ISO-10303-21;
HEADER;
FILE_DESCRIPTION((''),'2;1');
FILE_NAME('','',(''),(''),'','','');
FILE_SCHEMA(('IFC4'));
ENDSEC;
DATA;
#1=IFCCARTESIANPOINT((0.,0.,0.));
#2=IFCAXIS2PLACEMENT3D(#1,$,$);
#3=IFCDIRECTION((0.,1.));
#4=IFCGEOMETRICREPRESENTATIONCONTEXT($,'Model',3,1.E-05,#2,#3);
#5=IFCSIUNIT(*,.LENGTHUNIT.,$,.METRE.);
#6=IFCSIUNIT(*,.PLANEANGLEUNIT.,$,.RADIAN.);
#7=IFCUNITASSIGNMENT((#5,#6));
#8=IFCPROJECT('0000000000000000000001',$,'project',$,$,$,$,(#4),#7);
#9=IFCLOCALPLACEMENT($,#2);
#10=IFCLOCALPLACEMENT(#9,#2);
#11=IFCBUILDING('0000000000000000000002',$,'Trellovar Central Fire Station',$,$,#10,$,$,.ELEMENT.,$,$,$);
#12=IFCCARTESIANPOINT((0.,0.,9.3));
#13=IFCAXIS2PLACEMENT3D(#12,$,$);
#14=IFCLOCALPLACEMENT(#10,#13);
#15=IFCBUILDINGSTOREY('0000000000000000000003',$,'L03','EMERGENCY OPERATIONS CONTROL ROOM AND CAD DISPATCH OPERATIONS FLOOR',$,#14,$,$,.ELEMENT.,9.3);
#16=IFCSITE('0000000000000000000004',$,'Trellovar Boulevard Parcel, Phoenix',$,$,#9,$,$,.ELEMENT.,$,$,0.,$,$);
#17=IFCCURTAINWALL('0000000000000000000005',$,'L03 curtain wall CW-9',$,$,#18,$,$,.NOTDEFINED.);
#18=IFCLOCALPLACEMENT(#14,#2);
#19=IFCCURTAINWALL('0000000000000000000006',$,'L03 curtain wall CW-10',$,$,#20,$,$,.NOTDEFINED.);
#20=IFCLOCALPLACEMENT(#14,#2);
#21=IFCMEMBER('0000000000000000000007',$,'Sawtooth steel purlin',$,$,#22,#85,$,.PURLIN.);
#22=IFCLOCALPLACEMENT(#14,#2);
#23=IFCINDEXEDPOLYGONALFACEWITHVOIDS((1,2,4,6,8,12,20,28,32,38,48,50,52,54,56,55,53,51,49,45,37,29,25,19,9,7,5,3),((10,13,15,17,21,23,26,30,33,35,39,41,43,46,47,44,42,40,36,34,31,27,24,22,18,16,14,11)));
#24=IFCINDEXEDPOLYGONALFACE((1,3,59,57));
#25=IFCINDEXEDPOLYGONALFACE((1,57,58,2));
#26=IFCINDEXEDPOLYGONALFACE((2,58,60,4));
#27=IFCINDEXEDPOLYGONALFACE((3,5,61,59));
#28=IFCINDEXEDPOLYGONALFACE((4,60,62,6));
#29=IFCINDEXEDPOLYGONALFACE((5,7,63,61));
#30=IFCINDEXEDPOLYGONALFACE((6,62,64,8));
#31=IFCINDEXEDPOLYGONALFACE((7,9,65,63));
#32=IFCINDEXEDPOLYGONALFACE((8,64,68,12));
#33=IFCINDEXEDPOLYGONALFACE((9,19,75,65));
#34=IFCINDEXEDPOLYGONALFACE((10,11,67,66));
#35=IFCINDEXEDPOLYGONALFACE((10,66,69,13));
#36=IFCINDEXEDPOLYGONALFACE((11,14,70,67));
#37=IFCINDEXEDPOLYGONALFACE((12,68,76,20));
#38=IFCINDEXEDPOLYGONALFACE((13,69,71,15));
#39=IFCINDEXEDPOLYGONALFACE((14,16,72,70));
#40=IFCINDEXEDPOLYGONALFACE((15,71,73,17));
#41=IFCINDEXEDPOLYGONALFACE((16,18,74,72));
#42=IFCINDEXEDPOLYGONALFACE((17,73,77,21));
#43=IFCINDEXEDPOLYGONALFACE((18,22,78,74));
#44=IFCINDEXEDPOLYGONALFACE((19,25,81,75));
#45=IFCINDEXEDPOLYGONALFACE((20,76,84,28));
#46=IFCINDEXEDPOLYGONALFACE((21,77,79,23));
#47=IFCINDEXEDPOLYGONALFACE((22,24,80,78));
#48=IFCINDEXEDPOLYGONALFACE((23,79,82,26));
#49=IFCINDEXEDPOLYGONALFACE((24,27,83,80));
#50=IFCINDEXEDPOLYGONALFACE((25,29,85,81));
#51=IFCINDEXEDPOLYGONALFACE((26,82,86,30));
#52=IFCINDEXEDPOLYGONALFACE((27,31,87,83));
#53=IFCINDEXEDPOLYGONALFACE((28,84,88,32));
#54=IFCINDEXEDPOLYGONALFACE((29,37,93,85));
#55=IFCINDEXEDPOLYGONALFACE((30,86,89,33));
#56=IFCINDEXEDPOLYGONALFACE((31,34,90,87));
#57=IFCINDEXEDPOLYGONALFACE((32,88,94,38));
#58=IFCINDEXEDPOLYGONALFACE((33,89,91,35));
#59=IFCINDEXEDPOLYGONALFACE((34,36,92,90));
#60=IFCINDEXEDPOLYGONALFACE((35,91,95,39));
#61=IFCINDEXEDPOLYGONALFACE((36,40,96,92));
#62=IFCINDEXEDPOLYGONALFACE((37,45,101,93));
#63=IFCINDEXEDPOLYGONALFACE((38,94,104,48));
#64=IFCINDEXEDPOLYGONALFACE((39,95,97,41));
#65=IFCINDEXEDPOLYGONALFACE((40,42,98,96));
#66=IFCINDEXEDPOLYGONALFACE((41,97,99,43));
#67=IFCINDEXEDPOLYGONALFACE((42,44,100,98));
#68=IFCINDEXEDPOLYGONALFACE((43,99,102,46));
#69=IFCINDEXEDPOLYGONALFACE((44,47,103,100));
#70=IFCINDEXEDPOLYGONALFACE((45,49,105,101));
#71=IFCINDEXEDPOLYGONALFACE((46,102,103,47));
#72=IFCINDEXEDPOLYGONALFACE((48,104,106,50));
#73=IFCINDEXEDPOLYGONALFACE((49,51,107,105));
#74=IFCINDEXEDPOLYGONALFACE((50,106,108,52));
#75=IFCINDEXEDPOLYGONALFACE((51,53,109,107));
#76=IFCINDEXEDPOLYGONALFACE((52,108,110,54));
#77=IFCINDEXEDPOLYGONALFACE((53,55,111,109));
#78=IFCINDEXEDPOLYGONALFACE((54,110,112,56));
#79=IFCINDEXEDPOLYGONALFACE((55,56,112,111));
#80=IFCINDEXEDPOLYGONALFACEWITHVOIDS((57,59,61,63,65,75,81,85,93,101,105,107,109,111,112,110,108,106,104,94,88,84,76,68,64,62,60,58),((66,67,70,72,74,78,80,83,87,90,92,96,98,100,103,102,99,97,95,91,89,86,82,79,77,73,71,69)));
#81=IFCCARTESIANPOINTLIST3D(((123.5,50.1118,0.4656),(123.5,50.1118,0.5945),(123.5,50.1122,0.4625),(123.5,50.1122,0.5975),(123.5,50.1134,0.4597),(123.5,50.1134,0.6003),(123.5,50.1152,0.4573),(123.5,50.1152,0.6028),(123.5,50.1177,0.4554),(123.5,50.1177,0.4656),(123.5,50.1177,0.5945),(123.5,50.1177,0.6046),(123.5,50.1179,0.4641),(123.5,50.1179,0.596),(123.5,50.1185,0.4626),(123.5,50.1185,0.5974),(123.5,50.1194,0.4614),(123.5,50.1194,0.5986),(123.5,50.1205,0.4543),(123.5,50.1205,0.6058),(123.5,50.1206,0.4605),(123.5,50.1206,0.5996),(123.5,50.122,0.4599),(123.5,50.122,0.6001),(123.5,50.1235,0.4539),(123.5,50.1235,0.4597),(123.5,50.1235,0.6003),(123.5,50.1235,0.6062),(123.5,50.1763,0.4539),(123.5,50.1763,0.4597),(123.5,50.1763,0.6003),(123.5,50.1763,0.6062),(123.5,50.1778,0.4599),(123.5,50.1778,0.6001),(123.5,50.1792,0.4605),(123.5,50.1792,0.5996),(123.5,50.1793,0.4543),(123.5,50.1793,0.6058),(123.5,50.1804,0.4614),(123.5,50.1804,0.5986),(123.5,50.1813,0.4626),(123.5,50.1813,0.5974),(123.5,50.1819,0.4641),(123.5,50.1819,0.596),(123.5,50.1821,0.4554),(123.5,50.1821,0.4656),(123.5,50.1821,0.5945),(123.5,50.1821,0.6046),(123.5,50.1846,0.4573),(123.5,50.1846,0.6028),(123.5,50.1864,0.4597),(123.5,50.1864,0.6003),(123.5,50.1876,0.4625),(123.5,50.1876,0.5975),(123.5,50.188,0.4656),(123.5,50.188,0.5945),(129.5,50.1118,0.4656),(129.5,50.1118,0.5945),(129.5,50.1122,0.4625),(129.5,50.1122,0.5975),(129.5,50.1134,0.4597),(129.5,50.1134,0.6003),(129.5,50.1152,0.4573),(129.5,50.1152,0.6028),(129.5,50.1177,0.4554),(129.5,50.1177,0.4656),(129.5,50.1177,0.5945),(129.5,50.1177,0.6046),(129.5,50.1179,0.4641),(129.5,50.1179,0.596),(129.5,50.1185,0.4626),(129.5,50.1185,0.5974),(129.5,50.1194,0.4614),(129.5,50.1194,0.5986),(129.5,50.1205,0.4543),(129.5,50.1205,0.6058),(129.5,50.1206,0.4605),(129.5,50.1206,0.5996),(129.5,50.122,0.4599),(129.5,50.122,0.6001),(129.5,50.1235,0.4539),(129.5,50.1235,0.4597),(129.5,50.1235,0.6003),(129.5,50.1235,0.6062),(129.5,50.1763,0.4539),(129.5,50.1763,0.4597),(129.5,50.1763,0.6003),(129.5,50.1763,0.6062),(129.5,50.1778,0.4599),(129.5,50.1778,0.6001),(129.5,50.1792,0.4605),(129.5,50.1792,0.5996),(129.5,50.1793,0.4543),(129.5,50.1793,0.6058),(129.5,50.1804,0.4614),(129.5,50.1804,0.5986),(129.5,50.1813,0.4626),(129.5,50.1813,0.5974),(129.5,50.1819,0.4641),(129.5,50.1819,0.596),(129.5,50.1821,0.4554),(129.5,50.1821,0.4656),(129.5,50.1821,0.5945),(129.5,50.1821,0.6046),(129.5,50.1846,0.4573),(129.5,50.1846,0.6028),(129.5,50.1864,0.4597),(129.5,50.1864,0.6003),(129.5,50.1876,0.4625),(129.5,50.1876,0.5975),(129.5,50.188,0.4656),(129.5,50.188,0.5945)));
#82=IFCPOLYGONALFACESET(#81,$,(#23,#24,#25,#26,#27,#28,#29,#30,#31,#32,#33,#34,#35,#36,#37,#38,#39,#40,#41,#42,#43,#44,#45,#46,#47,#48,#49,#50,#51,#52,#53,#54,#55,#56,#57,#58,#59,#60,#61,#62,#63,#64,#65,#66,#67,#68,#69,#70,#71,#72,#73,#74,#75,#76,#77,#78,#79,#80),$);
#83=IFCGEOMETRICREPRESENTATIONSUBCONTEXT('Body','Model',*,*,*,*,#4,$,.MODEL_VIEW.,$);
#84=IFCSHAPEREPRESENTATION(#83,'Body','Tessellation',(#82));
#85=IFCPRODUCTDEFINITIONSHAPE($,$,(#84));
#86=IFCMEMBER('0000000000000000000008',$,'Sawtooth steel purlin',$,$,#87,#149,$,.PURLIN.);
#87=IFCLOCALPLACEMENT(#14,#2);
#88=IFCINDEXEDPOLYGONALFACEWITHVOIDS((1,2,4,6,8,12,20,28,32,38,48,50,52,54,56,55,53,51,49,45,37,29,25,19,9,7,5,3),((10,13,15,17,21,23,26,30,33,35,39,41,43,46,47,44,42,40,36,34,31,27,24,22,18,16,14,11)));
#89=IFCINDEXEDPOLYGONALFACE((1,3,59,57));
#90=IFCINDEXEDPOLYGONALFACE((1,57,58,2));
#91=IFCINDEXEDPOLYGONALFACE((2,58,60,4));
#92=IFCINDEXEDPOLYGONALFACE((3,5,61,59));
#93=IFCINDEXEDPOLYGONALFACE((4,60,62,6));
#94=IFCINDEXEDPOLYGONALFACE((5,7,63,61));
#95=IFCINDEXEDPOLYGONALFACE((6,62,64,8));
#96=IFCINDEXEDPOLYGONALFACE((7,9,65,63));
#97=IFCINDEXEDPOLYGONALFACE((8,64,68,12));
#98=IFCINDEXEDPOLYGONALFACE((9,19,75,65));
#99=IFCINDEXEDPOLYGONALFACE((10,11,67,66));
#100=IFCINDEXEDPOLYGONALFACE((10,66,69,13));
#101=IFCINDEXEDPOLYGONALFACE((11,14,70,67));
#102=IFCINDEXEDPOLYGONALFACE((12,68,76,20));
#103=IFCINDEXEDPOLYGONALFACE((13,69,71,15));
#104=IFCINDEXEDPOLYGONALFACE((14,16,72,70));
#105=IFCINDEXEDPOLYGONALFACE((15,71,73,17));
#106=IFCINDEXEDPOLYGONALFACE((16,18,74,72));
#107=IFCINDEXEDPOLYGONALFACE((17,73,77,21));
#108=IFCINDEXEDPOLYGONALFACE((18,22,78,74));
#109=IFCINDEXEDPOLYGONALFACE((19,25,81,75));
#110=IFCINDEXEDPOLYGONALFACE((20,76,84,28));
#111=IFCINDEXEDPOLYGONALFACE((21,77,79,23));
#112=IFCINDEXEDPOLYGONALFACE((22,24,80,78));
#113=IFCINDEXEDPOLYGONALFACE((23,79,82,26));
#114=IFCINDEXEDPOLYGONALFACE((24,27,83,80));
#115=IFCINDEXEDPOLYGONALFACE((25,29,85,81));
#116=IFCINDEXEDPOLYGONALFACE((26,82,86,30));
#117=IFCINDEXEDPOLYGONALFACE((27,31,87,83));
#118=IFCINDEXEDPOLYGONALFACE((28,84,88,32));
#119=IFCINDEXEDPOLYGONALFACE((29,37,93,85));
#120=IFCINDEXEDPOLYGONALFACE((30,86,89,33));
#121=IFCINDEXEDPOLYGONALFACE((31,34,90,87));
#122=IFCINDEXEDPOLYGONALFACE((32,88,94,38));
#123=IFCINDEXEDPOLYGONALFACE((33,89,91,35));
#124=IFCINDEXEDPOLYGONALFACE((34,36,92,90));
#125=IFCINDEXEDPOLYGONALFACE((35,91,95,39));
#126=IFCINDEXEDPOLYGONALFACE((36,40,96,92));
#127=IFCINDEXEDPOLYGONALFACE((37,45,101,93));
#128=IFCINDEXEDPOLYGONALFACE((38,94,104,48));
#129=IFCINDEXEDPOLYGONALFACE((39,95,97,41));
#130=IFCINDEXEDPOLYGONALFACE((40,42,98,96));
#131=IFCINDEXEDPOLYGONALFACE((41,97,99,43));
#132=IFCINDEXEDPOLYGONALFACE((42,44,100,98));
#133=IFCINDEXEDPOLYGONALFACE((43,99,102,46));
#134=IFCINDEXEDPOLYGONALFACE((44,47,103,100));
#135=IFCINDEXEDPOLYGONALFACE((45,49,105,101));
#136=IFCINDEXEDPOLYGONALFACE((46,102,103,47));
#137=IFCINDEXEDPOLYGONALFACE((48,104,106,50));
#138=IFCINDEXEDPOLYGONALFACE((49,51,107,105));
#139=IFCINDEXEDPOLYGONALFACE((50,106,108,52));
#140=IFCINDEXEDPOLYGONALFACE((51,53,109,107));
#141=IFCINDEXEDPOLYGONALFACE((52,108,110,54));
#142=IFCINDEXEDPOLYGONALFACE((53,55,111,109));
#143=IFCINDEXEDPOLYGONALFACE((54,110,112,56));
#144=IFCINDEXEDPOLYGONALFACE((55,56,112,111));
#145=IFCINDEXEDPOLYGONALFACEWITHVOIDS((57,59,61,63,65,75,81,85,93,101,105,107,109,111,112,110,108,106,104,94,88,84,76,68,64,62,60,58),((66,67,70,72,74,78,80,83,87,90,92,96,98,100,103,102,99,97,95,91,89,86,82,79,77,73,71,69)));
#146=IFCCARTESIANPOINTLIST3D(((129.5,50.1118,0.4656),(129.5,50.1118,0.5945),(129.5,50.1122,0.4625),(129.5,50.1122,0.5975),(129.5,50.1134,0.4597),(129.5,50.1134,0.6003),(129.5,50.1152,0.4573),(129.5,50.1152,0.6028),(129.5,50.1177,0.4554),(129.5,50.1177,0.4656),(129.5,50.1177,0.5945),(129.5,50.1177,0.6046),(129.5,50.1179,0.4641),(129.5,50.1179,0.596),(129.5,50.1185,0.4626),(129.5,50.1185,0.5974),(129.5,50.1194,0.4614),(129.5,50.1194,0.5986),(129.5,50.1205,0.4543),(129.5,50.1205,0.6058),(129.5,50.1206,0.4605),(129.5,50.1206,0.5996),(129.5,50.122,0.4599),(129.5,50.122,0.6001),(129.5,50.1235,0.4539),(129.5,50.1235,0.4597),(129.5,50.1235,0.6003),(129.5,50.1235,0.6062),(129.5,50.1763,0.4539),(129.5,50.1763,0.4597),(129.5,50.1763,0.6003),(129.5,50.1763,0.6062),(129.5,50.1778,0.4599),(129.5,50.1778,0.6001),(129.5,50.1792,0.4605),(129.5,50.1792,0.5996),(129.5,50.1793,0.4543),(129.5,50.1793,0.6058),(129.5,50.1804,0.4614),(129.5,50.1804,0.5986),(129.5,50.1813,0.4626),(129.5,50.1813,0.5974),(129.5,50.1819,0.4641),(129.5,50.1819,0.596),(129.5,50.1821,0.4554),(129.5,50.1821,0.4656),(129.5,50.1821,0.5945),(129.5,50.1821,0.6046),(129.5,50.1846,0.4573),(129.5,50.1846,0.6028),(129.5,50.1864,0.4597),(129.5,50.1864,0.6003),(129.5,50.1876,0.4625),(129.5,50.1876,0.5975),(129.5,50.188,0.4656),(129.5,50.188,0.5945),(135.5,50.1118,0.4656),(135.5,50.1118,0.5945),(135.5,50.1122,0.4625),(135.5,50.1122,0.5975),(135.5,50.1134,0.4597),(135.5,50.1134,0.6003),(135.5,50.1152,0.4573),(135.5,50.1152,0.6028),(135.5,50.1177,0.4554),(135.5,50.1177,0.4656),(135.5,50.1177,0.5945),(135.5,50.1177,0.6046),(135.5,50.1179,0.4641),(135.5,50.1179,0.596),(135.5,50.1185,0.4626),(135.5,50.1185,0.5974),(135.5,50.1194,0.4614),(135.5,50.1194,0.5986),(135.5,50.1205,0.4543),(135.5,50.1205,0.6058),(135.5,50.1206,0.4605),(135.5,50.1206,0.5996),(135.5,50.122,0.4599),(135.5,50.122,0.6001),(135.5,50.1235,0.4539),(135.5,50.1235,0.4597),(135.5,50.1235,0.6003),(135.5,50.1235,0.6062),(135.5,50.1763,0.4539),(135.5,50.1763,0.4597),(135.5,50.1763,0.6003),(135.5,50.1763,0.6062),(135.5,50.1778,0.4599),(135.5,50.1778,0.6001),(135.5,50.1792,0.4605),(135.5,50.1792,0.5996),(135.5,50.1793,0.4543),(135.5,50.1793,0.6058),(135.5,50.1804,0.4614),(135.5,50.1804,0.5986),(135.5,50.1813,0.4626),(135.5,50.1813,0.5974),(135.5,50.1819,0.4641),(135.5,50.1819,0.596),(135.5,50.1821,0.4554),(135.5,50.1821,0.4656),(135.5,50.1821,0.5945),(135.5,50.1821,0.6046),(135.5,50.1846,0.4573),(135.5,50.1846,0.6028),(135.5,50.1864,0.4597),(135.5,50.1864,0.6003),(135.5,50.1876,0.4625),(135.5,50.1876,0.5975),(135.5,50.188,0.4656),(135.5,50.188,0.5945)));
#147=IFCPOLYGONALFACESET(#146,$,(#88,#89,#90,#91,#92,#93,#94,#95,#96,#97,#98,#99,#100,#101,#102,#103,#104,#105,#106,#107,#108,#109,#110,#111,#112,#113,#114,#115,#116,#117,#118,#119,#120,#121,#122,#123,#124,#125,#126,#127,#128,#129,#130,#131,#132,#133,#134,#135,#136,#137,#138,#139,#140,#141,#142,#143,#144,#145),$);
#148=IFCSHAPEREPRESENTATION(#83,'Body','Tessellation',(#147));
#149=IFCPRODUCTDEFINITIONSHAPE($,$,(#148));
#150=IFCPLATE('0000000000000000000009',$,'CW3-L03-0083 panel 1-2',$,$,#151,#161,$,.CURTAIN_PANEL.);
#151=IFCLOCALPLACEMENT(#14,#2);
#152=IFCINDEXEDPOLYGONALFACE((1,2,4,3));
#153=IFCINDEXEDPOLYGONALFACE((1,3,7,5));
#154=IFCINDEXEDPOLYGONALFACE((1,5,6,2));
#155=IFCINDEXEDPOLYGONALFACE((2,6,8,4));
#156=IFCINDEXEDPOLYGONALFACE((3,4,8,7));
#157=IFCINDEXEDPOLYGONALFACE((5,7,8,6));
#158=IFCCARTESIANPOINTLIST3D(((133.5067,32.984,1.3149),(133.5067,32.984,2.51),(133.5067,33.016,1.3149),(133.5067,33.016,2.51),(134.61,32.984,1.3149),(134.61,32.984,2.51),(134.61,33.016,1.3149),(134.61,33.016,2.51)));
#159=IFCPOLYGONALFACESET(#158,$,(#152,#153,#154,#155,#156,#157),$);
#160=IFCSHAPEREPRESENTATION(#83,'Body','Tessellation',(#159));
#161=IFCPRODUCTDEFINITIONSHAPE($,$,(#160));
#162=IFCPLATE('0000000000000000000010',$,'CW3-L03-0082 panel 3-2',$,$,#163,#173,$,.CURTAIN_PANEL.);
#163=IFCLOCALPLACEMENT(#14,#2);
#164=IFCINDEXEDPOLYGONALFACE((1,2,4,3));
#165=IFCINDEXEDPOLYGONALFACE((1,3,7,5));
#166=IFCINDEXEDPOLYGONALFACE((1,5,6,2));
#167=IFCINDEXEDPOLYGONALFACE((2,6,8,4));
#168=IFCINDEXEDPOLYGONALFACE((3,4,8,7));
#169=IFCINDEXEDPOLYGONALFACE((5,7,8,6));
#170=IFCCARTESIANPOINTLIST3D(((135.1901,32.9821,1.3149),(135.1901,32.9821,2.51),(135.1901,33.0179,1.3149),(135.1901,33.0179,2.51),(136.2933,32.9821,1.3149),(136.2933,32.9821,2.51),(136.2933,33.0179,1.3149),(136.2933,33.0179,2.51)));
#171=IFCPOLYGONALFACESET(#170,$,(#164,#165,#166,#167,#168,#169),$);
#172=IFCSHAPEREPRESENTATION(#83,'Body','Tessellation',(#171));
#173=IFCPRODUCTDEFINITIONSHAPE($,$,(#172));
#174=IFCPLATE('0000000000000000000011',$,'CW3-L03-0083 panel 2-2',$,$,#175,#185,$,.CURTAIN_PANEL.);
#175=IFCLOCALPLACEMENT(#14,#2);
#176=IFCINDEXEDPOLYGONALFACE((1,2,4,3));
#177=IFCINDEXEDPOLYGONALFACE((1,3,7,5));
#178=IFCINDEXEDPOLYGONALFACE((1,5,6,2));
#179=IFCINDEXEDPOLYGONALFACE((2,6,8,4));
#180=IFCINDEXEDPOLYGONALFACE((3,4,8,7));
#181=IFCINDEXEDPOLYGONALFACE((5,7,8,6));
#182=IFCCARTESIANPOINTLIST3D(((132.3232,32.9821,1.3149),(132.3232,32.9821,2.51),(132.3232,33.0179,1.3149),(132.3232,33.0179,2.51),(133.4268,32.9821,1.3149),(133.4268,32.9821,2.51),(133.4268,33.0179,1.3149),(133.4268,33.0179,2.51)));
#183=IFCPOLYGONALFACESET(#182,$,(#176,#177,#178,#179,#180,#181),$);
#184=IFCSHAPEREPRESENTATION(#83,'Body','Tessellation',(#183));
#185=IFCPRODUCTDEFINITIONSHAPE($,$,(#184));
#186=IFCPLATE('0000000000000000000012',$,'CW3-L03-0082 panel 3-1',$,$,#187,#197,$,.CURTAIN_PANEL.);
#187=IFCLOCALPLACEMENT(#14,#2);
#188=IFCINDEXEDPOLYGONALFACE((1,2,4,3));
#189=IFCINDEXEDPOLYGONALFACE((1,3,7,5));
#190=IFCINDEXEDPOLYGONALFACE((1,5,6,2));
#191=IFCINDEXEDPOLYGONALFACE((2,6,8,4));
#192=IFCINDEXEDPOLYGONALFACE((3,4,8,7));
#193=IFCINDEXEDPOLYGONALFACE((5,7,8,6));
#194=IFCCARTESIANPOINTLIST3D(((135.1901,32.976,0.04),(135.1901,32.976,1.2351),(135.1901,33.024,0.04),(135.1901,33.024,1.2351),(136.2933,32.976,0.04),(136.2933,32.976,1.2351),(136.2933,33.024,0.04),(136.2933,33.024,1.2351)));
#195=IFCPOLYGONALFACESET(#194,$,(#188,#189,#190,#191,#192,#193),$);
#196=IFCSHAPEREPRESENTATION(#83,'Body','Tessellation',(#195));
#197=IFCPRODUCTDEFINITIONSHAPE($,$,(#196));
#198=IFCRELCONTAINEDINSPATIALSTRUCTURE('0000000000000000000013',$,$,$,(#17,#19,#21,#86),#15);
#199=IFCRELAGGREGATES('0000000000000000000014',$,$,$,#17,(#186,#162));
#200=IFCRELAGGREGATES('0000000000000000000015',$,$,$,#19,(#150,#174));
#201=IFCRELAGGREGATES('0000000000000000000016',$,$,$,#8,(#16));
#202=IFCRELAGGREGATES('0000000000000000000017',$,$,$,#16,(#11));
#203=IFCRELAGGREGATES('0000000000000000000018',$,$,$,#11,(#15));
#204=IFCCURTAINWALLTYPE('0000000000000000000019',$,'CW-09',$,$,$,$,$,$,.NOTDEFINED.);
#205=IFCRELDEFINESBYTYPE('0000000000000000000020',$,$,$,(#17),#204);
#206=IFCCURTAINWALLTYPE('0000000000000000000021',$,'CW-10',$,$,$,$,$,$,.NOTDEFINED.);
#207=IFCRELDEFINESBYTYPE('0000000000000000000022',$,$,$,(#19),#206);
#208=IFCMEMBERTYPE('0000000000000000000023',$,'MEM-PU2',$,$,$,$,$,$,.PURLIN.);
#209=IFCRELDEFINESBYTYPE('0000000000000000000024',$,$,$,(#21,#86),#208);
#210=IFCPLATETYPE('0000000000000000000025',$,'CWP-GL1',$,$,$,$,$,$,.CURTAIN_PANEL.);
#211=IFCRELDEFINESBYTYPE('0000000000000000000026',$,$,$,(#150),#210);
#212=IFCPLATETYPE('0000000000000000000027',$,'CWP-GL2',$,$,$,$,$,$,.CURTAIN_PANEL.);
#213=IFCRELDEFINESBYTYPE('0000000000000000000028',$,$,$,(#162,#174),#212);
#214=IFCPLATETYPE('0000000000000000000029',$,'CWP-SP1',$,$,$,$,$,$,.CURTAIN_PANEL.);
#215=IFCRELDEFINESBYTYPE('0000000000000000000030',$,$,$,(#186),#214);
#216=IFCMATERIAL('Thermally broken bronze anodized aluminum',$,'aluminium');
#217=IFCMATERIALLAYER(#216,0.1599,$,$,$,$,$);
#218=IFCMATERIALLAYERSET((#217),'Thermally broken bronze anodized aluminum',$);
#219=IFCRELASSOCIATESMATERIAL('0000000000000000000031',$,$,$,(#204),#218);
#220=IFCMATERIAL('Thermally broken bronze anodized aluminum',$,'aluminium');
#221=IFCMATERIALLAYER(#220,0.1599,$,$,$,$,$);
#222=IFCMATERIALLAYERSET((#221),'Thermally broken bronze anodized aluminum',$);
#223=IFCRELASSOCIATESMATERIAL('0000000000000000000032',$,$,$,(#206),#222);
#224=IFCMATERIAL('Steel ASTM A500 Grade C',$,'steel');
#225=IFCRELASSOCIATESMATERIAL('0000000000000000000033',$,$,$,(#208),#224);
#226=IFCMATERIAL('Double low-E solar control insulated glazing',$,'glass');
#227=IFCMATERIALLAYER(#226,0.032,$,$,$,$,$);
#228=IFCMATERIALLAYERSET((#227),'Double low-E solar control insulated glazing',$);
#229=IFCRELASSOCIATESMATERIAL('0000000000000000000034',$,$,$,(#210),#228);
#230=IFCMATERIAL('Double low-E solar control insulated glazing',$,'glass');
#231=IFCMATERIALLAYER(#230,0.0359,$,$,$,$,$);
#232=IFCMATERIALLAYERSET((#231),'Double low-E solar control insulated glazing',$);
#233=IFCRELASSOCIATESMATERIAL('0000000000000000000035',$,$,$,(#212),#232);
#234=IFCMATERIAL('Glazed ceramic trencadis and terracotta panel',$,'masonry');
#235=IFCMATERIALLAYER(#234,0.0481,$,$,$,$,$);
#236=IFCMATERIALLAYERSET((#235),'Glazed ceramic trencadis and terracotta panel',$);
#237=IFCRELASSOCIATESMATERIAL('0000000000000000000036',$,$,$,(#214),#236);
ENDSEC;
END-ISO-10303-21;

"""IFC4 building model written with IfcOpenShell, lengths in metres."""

from ifc_helpers import new_model, si_unit, direction, frame, origin, origin_2d, place, context, subcontext, project, spatial, rectangle, hollow_rectangle, extrude, material, layer, layer_set, material_profile, profile_set, type_object, element, aggregate, save


model = new_model("IFC4")

# Units and contexts
model_context = context("Model", 3, precision=1e-05, world=origin(), true_north=direction((0.0, 1.0)))
body_context = subcontext(model_context, "Body", "Model", "MODEL_VIEW")
ifc_project = project(units=[si_unit("LENGTHUNIT", "METRE"), si_unit("PLANEANGLEUNIT", "RADIAN")], contexts=[model_context])

# Site, building, storey
site_placement = place(None, origin())
site = spatial("IfcSite", under=ifc_project, at=site_placement, Name="Trellovar Boulevard Parcel, Phoenix", CompositionType="ELEMENT", RefElevation=0.0)
building_placement = place(site_placement, origin())
building = spatial("IfcBuilding", under=site, at=building_placement, Name="Trellovar Central Fire Station", CompositionType="ELEMENT")
storey_placement = place(building_placement, frame((0.0, 0.0, 9.3)))
storey = spatial("IfcBuildingStorey", under=building, at=storey_placement, Name="L03", Description="EMERGENCY OPERATIONS CONTROL ROOM AND CAD DISPATCH OPERATIONS FLOOR", CompositionType="ELEMENT", Elevation=9.3)

# Curtain walls
ifc_material_1 = material(Name="Thermally broken bronze anodized aluminum", Category="aluminium")
ifc_layer_1 = layer(ifc_material_1, 0.1599)
ifc_layer_set_1 = layer_set([ifc_layer_1], Name="Thermally broken bronze anodized aluminum")
curtain_wall_type_1 = type_object("IfcCurtainWallType", Name="CW-09", PredefinedType="NOTDEFINED", material=ifc_layer_set_1)
curtain_wall_1_placement = place(storey_placement, origin())
curtain_wall_1 = element("IfcCurtainWall", 1, at=curtain_wall_1_placement, inside=storey, type_object=curtain_wall_type_1, Name="L03 curtain wall CW-9", PredefinedType="NOTDEFINED")
ifc_material_2 = material(Name="Thermally broken bronze anodized aluminum", Category="aluminium")
ifc_layer_2 = layer(ifc_material_2, 0.1599)
ifc_layer_set_2 = layer_set([ifc_layer_2], Name="Thermally broken bronze anodized aluminum")
curtain_wall_type_2 = type_object("IfcCurtainWallType", Name="CW-10", PredefinedType="NOTDEFINED", material=ifc_layer_set_2)
curtain_wall_2_placement = place(storey_placement, origin())
curtain_wall_2 = element("IfcCurtainWall", 2, at=curtain_wall_2_placement, inside=storey, type_object=curtain_wall_type_2, Name="L03 curtain wall CW-10", PredefinedType="NOTDEFINED")

# Members
ifc_material_3 = material(Name="Steel ASTM A500 Grade C", Category="steel")
ifc_material_profile_1 = material_profile(ifc_material_3, hollow_rectangle(XDim=0.0762, YDim=0.1523, WallThickness=0.0059, InnerFilletRadius=0.0059, OuterFilletRadius=0.0117, at=origin_2d()), Name="HSS6X3X1/4")
ifc_profile_set_1 = profile_set([ifc_material_profile_1], Name="Steel ASTM A500 Grade C")
member_type_1 = type_object("IfcMemberType", Name="MEM-PU2", PredefinedType="PURLIN", material=ifc_profile_set_1)
for number, where, z_axis, x_axis, name in (
    (3, (123.5, 50.1499, 0.53), (1.0, 0.0, 0.0), (0.0, 1.0, 0.0), "Sawtooth steel purlin"),
    (4, (129.5, 50.1499, 0.53), (1.0, 0.0, 0.0), (0.0, 1.0, 0.0), "Sawtooth steel purlin"),
):
    element("IfcMember", number, at=place(storey_placement, frame(where, z_axis=z_axis, x_axis=x_axis)), inside=storey, type_object=member_type_1, Name=name, PredefinedType="PURLIN", context=body_context, shape_type="SweptSolid", body=[
        extrude(hollow_rectangle(XDim=0.0762, YDim=0.1523, WallThickness=0.0059, InnerFilletRadius=0.0059, OuterFilletRadius=0.0117, at=origin_2d()), origin(), (0.0, 0.0, 1.0), 6.0),
    ])

# Plates
ifc_material_4 = material(Name="Double low-E solar control insulated glazing", Category="glass")
ifc_layer_3 = layer(ifc_material_4, 0.032)
ifc_layer_set_3 = layer_set([ifc_layer_3], Name="Double low-E solar control insulated glazing")
plate_type_1 = type_object("IfcPlateType", Name="CWP-GL1", PredefinedType="CURTAIN_PANEL", material=ifc_layer_set_3)
plate_1_placement = place(storey_placement, frame((134.0583, 33.0, 1.3149), z_axis=(0.0, 0.0, 1.0), x_axis=(-1.0, 0.0, 0.0)))
plate_1 = element("IfcPlate", 5, at=plate_1_placement, type_object=plate_type_1, Name="CW3-L03-0083 panel 1-2", PredefinedType="CURTAIN_PANEL", context=body_context, shape_type="SweptSolid", body=[
    extrude(rectangle(XDim=1.1033, YDim=0.032, at=origin_2d()), origin(), (0.0, 0.0, 1.0), 1.1951),
])
ifc_material_5 = material(Name="Double low-E solar control insulated glazing", Category="glass")
ifc_layer_4 = layer(ifc_material_5, 0.0359)
ifc_layer_set_4 = layer_set([ifc_layer_4], Name="Double low-E solar control insulated glazing")
plate_type_2 = type_object("IfcPlateType", Name="CWP-GL2", PredefinedType="CURTAIN_PANEL", material=ifc_layer_set_4)
plate_2_placement = place(storey_placement, frame((135.7417, 33.0, 1.3149), z_axis=(0.0, 0.0, 1.0), x_axis=(-1.0, 0.0, 0.0)))
plate_2 = element("IfcPlate", 6, at=plate_2_placement, type_object=plate_type_2, Name="CW3-L03-0082 panel 3-2", PredefinedType="CURTAIN_PANEL", context=body_context, shape_type="SweptSolid", body=[
    extrude(rectangle(XDim=1.1033, YDim=0.0359, at=origin_2d()), origin(), (0.0, 0.0, 1.0), 1.1951),
])
plate_3_placement = place(storey_placement, frame((132.875, 33.0, 1.3149), z_axis=(0.0, 0.0, 1.0), x_axis=(-1.0, 0.0, 0.0)))
plate_3 = element("IfcPlate", 7, at=plate_3_placement, type_object=plate_type_2, Name="CW3-L03-0083 panel 2-2", PredefinedType="CURTAIN_PANEL", context=body_context, shape_type="SweptSolid", body=[
    extrude(rectangle(XDim=1.1035, YDim=0.0359, at=origin_2d()), origin(), (0.0, 0.0, 1.0), 1.1951),
])
ifc_material_6 = material(Name="Glazed ceramic trencadis and terracotta panel", Category="masonry")
ifc_layer_5 = layer(ifc_material_6, 0.0481)
ifc_layer_set_5 = layer_set([ifc_layer_5], Name="Glazed ceramic trencadis and terracotta panel")
plate_type_3 = type_object("IfcPlateType", Name="CWP-SP1", PredefinedType="CURTAIN_PANEL", material=ifc_layer_set_5)
plate_4_placement = place(storey_placement, frame((135.7417, 33.0, 0.04), z_axis=(0.0, 0.0, 1.0), x_axis=(-1.0, 0.0, 0.0)))
plate_4 = element("IfcPlate", 8, at=plate_4_placement, type_object=plate_type_3, Name="CW3-L03-0082 panel 3-1", PredefinedType="CURTAIN_PANEL", context=body_context, shape_type="SweptSolid", body=[
    extrude(rectangle(XDim=1.1033, YDim=0.0481, at=origin_2d()), origin(), (0.0, 0.0, 1.0), 1.1951),
])
aggregate(curtain_wall_1, [plate_4, plate_2])
aggregate(curtain_wall_2, [plate_1, plate_3])

save(model, "model.ifc")
